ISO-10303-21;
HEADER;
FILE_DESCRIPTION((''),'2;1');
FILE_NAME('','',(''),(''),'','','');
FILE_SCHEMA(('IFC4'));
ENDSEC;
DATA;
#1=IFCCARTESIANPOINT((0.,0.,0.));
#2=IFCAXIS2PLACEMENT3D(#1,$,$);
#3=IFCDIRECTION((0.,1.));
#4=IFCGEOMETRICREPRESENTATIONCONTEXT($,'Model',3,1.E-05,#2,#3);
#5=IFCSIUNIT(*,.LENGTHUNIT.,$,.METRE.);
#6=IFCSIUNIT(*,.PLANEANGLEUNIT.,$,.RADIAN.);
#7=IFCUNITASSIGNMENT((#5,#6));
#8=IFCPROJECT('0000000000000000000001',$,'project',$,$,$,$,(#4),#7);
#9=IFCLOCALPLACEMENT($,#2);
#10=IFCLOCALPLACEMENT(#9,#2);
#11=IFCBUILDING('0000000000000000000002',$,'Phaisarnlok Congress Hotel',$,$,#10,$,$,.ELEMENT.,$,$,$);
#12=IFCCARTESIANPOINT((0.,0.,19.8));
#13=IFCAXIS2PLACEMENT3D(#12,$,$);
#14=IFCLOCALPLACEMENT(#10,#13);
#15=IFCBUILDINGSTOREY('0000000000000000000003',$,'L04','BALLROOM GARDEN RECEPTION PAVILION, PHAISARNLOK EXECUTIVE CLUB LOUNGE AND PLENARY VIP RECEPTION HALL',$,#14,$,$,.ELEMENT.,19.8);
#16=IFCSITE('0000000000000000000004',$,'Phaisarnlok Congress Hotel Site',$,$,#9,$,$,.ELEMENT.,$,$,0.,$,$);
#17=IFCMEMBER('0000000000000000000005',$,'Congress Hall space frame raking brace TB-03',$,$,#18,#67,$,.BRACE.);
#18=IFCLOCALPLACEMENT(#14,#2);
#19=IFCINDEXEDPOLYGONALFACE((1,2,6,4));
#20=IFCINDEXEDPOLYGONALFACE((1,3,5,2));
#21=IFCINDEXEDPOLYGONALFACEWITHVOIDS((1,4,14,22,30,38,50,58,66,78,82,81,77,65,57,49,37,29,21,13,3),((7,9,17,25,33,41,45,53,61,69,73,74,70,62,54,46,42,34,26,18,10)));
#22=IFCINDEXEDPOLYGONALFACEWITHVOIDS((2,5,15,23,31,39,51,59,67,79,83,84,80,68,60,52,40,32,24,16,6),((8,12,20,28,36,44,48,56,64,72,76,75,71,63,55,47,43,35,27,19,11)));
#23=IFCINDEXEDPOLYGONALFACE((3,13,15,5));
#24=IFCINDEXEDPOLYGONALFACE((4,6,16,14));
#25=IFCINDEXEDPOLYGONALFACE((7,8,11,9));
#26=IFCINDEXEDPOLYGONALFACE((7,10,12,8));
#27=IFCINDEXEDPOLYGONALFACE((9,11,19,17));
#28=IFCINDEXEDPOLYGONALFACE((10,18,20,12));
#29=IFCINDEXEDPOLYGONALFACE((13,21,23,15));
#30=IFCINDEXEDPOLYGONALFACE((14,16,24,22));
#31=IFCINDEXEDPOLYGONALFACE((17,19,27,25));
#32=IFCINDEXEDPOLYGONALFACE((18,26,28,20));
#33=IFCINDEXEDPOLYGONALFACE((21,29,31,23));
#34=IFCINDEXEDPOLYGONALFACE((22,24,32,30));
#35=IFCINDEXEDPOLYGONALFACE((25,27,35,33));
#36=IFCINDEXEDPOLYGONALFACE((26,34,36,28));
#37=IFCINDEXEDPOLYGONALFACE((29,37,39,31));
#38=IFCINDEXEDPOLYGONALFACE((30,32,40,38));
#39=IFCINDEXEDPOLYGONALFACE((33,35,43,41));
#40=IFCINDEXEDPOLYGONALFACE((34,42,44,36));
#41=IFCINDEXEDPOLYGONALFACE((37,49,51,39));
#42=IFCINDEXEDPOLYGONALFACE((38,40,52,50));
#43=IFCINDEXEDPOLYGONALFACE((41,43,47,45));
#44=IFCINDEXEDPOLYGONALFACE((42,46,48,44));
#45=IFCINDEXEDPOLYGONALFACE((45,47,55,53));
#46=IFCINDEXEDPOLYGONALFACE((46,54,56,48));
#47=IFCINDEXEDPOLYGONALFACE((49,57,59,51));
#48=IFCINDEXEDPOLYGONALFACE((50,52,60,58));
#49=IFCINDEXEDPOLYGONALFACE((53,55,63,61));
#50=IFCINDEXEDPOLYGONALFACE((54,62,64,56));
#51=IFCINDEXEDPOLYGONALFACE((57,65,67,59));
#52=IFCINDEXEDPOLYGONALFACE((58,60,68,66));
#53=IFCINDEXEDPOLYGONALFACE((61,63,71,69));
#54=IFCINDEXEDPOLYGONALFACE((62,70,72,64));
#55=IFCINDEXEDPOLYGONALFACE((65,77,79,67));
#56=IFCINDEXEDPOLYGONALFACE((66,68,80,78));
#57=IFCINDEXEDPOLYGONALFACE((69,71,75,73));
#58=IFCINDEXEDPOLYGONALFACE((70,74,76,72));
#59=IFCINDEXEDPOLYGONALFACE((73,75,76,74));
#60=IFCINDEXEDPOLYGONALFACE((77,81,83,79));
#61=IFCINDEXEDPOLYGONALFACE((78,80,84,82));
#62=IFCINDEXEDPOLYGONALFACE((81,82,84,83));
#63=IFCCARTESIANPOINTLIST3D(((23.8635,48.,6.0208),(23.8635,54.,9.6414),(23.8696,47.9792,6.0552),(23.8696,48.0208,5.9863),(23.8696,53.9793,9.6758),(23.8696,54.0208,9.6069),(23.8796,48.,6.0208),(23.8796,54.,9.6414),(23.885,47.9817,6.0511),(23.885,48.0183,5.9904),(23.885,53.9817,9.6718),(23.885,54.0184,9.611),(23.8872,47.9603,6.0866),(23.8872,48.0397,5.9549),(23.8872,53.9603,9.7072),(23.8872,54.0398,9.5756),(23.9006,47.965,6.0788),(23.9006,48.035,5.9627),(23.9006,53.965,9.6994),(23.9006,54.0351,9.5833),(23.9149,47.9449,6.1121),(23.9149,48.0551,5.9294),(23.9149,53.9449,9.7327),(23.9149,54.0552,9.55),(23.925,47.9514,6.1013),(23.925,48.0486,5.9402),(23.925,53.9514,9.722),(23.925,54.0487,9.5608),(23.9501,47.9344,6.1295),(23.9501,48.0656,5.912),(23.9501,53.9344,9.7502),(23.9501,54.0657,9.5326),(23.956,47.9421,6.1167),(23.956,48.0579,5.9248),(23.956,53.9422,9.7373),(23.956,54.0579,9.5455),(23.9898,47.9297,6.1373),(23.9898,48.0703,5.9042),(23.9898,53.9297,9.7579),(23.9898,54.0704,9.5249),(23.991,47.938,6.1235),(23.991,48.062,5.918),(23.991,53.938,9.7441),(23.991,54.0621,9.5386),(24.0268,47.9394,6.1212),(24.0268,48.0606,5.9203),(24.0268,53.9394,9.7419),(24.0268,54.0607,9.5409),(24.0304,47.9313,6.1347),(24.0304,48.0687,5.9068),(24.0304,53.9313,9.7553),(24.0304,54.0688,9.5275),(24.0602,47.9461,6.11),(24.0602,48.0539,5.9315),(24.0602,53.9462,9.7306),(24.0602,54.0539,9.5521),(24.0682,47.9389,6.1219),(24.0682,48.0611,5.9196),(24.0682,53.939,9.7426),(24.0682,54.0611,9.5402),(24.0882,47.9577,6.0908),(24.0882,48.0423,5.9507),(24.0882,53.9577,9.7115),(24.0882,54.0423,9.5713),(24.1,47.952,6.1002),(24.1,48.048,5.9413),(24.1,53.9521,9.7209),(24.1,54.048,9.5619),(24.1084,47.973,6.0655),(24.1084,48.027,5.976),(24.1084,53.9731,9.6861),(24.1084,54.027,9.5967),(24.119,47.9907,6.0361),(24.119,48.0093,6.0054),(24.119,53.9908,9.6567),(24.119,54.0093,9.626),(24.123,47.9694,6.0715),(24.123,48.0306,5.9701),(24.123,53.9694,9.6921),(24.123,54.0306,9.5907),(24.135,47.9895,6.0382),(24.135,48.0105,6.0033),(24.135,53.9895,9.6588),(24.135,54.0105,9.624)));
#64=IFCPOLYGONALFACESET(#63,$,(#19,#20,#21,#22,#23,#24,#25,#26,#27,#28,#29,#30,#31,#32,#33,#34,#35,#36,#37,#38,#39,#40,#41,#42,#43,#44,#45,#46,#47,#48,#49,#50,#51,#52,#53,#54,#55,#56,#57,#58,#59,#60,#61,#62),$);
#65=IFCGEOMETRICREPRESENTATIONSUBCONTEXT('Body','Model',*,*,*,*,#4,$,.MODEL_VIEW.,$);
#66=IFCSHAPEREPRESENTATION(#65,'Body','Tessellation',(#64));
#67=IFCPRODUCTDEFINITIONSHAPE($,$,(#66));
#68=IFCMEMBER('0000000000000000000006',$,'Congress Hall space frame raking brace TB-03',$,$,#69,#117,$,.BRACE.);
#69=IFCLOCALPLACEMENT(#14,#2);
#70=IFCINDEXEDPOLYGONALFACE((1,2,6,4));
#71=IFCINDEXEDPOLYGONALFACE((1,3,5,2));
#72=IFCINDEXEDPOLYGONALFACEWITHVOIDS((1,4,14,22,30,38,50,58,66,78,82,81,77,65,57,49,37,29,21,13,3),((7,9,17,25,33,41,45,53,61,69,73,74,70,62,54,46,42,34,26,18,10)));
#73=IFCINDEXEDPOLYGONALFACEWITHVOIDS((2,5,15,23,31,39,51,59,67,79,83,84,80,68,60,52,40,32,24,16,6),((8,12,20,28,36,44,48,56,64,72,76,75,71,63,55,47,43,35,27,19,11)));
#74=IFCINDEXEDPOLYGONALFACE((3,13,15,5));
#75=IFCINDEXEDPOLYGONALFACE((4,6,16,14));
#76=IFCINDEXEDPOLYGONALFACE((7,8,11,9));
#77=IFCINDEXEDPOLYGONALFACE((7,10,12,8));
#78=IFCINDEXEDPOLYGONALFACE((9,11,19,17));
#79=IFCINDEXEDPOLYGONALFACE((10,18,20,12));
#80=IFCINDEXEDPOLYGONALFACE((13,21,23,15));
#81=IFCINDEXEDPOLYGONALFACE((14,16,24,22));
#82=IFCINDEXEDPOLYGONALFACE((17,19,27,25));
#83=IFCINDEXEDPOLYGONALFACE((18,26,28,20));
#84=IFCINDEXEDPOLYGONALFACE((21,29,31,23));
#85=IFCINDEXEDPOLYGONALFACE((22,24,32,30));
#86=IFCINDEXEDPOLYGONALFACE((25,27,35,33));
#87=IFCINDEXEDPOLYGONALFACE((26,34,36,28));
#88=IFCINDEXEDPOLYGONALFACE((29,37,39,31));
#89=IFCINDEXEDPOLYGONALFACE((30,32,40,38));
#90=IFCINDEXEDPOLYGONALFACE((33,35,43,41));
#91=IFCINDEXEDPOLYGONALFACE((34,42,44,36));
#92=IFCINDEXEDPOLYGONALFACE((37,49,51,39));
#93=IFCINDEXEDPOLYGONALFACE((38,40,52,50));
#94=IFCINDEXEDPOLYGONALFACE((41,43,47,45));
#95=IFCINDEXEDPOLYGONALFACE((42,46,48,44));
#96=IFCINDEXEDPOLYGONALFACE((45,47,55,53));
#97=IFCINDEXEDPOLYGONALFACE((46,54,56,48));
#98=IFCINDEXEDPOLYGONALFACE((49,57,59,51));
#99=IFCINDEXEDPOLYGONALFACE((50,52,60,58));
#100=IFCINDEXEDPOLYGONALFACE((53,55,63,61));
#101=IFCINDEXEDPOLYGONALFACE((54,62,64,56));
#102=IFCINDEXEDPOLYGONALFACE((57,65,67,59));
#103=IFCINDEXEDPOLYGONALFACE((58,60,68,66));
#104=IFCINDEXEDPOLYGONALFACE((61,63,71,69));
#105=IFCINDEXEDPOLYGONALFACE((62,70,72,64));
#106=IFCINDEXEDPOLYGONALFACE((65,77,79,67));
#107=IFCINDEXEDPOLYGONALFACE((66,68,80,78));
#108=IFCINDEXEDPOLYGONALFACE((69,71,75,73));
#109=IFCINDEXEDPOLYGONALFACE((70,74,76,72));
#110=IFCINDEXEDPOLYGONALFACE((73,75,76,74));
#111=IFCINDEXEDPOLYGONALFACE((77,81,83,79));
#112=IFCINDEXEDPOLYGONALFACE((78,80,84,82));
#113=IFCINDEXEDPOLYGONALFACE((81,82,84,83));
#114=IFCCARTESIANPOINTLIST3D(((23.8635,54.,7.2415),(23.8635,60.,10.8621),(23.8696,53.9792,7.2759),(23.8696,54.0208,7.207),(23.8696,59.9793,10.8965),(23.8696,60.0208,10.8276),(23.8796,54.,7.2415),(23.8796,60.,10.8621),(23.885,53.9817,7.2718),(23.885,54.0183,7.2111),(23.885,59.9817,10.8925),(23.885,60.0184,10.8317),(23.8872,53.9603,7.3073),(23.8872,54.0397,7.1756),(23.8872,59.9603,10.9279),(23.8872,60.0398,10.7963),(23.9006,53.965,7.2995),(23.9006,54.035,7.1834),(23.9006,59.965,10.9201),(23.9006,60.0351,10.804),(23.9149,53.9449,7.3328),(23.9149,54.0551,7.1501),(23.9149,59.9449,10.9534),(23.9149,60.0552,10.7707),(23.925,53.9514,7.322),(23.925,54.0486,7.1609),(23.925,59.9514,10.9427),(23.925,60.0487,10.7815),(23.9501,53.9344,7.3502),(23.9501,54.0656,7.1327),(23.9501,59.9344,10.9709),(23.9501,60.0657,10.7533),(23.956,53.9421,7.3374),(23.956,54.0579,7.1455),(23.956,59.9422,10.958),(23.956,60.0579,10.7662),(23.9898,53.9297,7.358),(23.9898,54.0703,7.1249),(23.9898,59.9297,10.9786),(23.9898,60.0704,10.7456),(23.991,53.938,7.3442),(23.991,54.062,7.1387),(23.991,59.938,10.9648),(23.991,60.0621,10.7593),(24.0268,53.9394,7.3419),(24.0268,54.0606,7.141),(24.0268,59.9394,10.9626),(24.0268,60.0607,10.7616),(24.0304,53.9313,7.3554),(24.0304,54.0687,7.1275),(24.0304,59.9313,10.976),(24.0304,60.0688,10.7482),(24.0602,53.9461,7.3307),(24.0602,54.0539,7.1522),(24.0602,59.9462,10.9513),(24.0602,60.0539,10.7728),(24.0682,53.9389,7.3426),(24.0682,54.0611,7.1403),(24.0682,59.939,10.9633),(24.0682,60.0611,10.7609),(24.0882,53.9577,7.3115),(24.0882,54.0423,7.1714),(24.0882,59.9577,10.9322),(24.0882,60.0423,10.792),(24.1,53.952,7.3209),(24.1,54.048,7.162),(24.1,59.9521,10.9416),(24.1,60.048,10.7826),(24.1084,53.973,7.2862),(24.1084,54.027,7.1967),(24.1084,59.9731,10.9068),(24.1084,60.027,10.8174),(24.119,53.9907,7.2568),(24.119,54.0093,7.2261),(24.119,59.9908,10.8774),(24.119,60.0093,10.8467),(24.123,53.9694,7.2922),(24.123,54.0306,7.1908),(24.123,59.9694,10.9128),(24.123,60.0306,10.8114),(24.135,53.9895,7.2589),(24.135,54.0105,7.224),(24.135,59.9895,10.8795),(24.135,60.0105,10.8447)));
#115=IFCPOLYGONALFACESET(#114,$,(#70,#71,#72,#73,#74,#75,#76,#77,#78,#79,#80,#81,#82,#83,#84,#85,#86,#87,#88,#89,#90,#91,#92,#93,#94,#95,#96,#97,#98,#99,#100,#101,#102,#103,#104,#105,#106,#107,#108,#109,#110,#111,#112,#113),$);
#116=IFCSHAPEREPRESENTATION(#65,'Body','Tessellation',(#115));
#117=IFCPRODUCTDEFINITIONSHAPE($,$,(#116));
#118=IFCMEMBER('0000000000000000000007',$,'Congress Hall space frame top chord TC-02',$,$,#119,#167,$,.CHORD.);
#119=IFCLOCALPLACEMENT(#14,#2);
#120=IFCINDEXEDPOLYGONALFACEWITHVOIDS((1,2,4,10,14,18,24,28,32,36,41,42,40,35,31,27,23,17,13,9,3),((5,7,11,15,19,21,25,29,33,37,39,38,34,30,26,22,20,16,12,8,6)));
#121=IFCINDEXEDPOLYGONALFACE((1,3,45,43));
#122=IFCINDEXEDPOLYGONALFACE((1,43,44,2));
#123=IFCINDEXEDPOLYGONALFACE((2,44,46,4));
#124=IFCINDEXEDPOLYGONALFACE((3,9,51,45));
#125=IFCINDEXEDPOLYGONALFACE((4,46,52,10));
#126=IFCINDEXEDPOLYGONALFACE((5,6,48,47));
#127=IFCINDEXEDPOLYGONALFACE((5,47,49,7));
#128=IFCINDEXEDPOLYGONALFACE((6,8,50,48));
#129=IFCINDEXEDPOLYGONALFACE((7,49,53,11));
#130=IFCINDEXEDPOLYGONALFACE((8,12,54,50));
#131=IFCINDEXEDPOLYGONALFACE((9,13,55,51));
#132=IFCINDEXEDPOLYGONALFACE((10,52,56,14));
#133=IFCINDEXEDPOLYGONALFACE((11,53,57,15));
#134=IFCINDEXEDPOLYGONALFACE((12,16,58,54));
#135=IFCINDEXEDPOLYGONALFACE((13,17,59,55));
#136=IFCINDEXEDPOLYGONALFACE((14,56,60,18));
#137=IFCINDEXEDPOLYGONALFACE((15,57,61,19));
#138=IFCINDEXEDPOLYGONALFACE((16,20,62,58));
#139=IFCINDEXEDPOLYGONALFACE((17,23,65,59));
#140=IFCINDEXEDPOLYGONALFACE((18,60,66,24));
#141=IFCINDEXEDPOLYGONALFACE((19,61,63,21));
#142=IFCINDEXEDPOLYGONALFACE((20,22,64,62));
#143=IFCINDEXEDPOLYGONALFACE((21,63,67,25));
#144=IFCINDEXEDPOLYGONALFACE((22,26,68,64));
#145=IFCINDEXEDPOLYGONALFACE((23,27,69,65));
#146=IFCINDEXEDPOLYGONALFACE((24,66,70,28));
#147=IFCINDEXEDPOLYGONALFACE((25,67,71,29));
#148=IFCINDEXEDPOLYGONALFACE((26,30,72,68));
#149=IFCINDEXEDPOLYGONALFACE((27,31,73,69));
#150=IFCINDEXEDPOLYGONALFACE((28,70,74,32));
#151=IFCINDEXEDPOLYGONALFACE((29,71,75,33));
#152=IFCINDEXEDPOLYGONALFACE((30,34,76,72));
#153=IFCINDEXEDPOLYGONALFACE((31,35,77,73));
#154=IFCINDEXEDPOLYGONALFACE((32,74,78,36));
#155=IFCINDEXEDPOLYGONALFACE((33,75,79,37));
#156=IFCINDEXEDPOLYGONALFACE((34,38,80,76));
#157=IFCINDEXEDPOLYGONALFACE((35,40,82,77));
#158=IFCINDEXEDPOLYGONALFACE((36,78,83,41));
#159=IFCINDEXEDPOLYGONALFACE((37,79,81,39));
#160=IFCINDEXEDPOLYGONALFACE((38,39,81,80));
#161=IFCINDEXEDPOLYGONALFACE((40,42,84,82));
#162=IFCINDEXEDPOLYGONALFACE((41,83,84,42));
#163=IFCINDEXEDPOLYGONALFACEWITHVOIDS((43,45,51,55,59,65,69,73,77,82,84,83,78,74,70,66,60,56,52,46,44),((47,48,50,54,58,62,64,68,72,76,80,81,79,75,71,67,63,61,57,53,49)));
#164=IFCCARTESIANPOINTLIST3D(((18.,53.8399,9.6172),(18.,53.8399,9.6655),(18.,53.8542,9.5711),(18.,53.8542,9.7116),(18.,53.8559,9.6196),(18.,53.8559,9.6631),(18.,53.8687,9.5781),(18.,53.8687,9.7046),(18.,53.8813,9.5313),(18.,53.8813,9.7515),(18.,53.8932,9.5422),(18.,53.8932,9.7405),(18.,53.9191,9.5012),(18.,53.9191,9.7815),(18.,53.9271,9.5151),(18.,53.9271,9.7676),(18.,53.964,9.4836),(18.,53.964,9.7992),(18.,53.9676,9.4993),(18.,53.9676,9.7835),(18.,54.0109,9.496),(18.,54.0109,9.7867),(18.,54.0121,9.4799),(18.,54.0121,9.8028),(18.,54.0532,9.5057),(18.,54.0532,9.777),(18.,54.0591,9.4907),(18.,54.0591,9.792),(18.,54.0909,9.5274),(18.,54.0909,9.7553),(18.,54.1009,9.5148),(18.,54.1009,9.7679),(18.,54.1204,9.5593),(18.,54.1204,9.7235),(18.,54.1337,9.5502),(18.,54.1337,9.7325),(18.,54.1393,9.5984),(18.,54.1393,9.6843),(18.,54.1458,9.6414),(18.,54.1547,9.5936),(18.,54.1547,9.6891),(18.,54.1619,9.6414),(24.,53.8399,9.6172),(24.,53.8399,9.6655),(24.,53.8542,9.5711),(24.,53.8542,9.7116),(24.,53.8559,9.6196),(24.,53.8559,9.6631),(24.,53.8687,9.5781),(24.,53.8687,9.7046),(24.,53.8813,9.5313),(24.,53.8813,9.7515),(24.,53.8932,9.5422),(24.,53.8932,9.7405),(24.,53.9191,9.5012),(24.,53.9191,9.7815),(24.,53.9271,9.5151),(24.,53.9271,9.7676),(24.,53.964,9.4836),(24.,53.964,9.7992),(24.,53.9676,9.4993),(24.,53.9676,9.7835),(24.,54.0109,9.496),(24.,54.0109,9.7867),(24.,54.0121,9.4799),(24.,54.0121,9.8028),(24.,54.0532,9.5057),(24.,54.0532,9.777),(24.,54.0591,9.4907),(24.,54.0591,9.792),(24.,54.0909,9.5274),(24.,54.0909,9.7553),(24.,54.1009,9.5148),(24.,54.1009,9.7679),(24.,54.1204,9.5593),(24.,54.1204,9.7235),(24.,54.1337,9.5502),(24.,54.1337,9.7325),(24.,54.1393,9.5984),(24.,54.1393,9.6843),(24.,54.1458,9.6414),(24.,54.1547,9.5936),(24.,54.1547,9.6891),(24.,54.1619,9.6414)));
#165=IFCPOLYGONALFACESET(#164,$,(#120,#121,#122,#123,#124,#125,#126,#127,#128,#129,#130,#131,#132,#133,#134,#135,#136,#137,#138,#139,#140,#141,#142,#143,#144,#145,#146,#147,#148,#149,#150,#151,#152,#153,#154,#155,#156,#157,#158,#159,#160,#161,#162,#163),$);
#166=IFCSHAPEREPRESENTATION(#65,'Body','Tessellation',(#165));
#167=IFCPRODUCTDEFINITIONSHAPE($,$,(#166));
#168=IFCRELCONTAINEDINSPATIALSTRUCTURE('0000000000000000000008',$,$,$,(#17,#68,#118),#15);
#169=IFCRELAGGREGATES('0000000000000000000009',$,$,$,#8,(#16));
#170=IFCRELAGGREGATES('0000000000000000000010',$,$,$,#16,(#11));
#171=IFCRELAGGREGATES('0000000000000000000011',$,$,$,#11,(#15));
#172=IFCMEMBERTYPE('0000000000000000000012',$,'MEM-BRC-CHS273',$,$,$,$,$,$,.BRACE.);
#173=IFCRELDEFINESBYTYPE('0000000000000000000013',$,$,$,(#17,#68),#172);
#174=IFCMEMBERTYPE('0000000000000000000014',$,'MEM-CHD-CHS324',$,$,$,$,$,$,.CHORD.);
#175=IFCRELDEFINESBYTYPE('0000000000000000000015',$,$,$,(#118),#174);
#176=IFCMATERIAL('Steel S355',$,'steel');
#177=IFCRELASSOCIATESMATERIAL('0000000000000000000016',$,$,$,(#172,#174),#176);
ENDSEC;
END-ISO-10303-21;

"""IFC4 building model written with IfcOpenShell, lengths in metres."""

from ifc_helpers import new_model, si_unit, direction, frame, origin, origin_2d, place, context, subcontext, project, spatial, hollow_circle, extrude, material, material_profile, profile_set, type_object, element, save


model = new_model("IFC4")

# Units and contexts
model_context = context("Model", 3, precision=1e-05, world=origin(), true_north=direction((0.0, 1.0)))
body_context = subcontext(model_context, "Body", "Model", "MODEL_VIEW")
ifc_project = project(units=[si_unit("LENGTHUNIT", "METRE"), si_unit("PLANEANGLEUNIT", "RADIAN")], contexts=[model_context])

# Site, building, storey
site_placement = place(None, origin())
site = spatial("IfcSite", under=ifc_project, at=site_placement, Name="Phaisarnlok Congress Hotel Site", CompositionType="ELEMENT", RefElevation=0.0)
building_placement = place(site_placement, origin())
building = spatial("IfcBuilding", under=site, at=building_placement, Name="Phaisarnlok Congress Hotel", CompositionType="ELEMENT")
storey_placement = place(building_placement, frame((0.0, 0.0, 19.8)))
storey = spatial("IfcBuildingStorey", under=building, at=storey_placement, Name="L04", Description="BALLROOM GARDEN RECEPTION PAVILION, PHAISARNLOK EXECUTIVE CLUB LOUNGE AND PLENARY VIP RECEPTION HALL", CompositionType="ELEMENT", Elevation=19.8)

# Members
ifc_material = material(Name="Steel S355", Category="steel")
ifc_material_profile_1 = material_profile(ifc_material, hollow_circle(Radius=0.1365, WallThickness=0.0161, at=origin_2d()), Name="CHS 273x16")
ifc_profile_set_1 = profile_set([ifc_material_profile_1], Name="Steel S355")
member_type_1 = type_object("IfcMemberType", Name="MEM-BRC-CHS273", PredefinedType="BRACE", material=ifc_profile_set_1)
for number, where, z_axis, x_axis, name in (
    (1, (24.0, 48.0, 6.0208), (0.0, 0.856193, 0.516656), (-1.0, 0.0, 0.0), "Congress Hall space frame raking brace TB-03"),
    (2, (24.0, 54.0, 7.2415), (0.0, 0.856193, 0.516656), (-1.0, 0.0, 0.0), "Congress Hall space frame raking brace TB-03"),
):
    element("IfcMember", number, at=place(storey_placement, frame(where, z_axis=z_axis, x_axis=x_axis)), inside=storey, type_object=member_type_1, Name=name, PredefinedType="BRACE", context=body_context, shape_type="SweptSolid", body=[
        extrude(hollow_circle(Radius=0.1365, WallThickness=0.0161, at=origin_2d()), origin(), (0.0, 0.0, 1.0), 7.0078),
    ])
ifc_material_profile_2 = material_profile(ifc_material, hollow_circle(Radius=0.1619, WallThickness=0.0161, at=origin_2d()), Name="CHS 323.9x16")
ifc_profile_set_2 = profile_set([ifc_material_profile_2], Name="Steel S355")
member_type_2 = type_object("IfcMemberType", Name="MEM-CHD-CHS324", PredefinedType="CHORD", material=ifc_profile_set_2)
member_1_placement = place(storey_placement, frame((18.0, 54.0, 9.6414), z_axis=(1.0, 0.0, 0.0), x_axis=(0.0, 1.0, 0.0)))
element("IfcMember", 3, at=member_1_placement, inside=storey, type_object=member_type_2, Name="Congress Hall space frame top chord TC-02", PredefinedType="CHORD", context=body_context, shape_type="SweptSolid", body=[
    extrude(hollow_circle(Radius=0.1619, WallThickness=0.0161, at=origin_2d()), origin(), (0.0, 0.0, 1.0), 6.0),
])

save(model, "model.ifc")
